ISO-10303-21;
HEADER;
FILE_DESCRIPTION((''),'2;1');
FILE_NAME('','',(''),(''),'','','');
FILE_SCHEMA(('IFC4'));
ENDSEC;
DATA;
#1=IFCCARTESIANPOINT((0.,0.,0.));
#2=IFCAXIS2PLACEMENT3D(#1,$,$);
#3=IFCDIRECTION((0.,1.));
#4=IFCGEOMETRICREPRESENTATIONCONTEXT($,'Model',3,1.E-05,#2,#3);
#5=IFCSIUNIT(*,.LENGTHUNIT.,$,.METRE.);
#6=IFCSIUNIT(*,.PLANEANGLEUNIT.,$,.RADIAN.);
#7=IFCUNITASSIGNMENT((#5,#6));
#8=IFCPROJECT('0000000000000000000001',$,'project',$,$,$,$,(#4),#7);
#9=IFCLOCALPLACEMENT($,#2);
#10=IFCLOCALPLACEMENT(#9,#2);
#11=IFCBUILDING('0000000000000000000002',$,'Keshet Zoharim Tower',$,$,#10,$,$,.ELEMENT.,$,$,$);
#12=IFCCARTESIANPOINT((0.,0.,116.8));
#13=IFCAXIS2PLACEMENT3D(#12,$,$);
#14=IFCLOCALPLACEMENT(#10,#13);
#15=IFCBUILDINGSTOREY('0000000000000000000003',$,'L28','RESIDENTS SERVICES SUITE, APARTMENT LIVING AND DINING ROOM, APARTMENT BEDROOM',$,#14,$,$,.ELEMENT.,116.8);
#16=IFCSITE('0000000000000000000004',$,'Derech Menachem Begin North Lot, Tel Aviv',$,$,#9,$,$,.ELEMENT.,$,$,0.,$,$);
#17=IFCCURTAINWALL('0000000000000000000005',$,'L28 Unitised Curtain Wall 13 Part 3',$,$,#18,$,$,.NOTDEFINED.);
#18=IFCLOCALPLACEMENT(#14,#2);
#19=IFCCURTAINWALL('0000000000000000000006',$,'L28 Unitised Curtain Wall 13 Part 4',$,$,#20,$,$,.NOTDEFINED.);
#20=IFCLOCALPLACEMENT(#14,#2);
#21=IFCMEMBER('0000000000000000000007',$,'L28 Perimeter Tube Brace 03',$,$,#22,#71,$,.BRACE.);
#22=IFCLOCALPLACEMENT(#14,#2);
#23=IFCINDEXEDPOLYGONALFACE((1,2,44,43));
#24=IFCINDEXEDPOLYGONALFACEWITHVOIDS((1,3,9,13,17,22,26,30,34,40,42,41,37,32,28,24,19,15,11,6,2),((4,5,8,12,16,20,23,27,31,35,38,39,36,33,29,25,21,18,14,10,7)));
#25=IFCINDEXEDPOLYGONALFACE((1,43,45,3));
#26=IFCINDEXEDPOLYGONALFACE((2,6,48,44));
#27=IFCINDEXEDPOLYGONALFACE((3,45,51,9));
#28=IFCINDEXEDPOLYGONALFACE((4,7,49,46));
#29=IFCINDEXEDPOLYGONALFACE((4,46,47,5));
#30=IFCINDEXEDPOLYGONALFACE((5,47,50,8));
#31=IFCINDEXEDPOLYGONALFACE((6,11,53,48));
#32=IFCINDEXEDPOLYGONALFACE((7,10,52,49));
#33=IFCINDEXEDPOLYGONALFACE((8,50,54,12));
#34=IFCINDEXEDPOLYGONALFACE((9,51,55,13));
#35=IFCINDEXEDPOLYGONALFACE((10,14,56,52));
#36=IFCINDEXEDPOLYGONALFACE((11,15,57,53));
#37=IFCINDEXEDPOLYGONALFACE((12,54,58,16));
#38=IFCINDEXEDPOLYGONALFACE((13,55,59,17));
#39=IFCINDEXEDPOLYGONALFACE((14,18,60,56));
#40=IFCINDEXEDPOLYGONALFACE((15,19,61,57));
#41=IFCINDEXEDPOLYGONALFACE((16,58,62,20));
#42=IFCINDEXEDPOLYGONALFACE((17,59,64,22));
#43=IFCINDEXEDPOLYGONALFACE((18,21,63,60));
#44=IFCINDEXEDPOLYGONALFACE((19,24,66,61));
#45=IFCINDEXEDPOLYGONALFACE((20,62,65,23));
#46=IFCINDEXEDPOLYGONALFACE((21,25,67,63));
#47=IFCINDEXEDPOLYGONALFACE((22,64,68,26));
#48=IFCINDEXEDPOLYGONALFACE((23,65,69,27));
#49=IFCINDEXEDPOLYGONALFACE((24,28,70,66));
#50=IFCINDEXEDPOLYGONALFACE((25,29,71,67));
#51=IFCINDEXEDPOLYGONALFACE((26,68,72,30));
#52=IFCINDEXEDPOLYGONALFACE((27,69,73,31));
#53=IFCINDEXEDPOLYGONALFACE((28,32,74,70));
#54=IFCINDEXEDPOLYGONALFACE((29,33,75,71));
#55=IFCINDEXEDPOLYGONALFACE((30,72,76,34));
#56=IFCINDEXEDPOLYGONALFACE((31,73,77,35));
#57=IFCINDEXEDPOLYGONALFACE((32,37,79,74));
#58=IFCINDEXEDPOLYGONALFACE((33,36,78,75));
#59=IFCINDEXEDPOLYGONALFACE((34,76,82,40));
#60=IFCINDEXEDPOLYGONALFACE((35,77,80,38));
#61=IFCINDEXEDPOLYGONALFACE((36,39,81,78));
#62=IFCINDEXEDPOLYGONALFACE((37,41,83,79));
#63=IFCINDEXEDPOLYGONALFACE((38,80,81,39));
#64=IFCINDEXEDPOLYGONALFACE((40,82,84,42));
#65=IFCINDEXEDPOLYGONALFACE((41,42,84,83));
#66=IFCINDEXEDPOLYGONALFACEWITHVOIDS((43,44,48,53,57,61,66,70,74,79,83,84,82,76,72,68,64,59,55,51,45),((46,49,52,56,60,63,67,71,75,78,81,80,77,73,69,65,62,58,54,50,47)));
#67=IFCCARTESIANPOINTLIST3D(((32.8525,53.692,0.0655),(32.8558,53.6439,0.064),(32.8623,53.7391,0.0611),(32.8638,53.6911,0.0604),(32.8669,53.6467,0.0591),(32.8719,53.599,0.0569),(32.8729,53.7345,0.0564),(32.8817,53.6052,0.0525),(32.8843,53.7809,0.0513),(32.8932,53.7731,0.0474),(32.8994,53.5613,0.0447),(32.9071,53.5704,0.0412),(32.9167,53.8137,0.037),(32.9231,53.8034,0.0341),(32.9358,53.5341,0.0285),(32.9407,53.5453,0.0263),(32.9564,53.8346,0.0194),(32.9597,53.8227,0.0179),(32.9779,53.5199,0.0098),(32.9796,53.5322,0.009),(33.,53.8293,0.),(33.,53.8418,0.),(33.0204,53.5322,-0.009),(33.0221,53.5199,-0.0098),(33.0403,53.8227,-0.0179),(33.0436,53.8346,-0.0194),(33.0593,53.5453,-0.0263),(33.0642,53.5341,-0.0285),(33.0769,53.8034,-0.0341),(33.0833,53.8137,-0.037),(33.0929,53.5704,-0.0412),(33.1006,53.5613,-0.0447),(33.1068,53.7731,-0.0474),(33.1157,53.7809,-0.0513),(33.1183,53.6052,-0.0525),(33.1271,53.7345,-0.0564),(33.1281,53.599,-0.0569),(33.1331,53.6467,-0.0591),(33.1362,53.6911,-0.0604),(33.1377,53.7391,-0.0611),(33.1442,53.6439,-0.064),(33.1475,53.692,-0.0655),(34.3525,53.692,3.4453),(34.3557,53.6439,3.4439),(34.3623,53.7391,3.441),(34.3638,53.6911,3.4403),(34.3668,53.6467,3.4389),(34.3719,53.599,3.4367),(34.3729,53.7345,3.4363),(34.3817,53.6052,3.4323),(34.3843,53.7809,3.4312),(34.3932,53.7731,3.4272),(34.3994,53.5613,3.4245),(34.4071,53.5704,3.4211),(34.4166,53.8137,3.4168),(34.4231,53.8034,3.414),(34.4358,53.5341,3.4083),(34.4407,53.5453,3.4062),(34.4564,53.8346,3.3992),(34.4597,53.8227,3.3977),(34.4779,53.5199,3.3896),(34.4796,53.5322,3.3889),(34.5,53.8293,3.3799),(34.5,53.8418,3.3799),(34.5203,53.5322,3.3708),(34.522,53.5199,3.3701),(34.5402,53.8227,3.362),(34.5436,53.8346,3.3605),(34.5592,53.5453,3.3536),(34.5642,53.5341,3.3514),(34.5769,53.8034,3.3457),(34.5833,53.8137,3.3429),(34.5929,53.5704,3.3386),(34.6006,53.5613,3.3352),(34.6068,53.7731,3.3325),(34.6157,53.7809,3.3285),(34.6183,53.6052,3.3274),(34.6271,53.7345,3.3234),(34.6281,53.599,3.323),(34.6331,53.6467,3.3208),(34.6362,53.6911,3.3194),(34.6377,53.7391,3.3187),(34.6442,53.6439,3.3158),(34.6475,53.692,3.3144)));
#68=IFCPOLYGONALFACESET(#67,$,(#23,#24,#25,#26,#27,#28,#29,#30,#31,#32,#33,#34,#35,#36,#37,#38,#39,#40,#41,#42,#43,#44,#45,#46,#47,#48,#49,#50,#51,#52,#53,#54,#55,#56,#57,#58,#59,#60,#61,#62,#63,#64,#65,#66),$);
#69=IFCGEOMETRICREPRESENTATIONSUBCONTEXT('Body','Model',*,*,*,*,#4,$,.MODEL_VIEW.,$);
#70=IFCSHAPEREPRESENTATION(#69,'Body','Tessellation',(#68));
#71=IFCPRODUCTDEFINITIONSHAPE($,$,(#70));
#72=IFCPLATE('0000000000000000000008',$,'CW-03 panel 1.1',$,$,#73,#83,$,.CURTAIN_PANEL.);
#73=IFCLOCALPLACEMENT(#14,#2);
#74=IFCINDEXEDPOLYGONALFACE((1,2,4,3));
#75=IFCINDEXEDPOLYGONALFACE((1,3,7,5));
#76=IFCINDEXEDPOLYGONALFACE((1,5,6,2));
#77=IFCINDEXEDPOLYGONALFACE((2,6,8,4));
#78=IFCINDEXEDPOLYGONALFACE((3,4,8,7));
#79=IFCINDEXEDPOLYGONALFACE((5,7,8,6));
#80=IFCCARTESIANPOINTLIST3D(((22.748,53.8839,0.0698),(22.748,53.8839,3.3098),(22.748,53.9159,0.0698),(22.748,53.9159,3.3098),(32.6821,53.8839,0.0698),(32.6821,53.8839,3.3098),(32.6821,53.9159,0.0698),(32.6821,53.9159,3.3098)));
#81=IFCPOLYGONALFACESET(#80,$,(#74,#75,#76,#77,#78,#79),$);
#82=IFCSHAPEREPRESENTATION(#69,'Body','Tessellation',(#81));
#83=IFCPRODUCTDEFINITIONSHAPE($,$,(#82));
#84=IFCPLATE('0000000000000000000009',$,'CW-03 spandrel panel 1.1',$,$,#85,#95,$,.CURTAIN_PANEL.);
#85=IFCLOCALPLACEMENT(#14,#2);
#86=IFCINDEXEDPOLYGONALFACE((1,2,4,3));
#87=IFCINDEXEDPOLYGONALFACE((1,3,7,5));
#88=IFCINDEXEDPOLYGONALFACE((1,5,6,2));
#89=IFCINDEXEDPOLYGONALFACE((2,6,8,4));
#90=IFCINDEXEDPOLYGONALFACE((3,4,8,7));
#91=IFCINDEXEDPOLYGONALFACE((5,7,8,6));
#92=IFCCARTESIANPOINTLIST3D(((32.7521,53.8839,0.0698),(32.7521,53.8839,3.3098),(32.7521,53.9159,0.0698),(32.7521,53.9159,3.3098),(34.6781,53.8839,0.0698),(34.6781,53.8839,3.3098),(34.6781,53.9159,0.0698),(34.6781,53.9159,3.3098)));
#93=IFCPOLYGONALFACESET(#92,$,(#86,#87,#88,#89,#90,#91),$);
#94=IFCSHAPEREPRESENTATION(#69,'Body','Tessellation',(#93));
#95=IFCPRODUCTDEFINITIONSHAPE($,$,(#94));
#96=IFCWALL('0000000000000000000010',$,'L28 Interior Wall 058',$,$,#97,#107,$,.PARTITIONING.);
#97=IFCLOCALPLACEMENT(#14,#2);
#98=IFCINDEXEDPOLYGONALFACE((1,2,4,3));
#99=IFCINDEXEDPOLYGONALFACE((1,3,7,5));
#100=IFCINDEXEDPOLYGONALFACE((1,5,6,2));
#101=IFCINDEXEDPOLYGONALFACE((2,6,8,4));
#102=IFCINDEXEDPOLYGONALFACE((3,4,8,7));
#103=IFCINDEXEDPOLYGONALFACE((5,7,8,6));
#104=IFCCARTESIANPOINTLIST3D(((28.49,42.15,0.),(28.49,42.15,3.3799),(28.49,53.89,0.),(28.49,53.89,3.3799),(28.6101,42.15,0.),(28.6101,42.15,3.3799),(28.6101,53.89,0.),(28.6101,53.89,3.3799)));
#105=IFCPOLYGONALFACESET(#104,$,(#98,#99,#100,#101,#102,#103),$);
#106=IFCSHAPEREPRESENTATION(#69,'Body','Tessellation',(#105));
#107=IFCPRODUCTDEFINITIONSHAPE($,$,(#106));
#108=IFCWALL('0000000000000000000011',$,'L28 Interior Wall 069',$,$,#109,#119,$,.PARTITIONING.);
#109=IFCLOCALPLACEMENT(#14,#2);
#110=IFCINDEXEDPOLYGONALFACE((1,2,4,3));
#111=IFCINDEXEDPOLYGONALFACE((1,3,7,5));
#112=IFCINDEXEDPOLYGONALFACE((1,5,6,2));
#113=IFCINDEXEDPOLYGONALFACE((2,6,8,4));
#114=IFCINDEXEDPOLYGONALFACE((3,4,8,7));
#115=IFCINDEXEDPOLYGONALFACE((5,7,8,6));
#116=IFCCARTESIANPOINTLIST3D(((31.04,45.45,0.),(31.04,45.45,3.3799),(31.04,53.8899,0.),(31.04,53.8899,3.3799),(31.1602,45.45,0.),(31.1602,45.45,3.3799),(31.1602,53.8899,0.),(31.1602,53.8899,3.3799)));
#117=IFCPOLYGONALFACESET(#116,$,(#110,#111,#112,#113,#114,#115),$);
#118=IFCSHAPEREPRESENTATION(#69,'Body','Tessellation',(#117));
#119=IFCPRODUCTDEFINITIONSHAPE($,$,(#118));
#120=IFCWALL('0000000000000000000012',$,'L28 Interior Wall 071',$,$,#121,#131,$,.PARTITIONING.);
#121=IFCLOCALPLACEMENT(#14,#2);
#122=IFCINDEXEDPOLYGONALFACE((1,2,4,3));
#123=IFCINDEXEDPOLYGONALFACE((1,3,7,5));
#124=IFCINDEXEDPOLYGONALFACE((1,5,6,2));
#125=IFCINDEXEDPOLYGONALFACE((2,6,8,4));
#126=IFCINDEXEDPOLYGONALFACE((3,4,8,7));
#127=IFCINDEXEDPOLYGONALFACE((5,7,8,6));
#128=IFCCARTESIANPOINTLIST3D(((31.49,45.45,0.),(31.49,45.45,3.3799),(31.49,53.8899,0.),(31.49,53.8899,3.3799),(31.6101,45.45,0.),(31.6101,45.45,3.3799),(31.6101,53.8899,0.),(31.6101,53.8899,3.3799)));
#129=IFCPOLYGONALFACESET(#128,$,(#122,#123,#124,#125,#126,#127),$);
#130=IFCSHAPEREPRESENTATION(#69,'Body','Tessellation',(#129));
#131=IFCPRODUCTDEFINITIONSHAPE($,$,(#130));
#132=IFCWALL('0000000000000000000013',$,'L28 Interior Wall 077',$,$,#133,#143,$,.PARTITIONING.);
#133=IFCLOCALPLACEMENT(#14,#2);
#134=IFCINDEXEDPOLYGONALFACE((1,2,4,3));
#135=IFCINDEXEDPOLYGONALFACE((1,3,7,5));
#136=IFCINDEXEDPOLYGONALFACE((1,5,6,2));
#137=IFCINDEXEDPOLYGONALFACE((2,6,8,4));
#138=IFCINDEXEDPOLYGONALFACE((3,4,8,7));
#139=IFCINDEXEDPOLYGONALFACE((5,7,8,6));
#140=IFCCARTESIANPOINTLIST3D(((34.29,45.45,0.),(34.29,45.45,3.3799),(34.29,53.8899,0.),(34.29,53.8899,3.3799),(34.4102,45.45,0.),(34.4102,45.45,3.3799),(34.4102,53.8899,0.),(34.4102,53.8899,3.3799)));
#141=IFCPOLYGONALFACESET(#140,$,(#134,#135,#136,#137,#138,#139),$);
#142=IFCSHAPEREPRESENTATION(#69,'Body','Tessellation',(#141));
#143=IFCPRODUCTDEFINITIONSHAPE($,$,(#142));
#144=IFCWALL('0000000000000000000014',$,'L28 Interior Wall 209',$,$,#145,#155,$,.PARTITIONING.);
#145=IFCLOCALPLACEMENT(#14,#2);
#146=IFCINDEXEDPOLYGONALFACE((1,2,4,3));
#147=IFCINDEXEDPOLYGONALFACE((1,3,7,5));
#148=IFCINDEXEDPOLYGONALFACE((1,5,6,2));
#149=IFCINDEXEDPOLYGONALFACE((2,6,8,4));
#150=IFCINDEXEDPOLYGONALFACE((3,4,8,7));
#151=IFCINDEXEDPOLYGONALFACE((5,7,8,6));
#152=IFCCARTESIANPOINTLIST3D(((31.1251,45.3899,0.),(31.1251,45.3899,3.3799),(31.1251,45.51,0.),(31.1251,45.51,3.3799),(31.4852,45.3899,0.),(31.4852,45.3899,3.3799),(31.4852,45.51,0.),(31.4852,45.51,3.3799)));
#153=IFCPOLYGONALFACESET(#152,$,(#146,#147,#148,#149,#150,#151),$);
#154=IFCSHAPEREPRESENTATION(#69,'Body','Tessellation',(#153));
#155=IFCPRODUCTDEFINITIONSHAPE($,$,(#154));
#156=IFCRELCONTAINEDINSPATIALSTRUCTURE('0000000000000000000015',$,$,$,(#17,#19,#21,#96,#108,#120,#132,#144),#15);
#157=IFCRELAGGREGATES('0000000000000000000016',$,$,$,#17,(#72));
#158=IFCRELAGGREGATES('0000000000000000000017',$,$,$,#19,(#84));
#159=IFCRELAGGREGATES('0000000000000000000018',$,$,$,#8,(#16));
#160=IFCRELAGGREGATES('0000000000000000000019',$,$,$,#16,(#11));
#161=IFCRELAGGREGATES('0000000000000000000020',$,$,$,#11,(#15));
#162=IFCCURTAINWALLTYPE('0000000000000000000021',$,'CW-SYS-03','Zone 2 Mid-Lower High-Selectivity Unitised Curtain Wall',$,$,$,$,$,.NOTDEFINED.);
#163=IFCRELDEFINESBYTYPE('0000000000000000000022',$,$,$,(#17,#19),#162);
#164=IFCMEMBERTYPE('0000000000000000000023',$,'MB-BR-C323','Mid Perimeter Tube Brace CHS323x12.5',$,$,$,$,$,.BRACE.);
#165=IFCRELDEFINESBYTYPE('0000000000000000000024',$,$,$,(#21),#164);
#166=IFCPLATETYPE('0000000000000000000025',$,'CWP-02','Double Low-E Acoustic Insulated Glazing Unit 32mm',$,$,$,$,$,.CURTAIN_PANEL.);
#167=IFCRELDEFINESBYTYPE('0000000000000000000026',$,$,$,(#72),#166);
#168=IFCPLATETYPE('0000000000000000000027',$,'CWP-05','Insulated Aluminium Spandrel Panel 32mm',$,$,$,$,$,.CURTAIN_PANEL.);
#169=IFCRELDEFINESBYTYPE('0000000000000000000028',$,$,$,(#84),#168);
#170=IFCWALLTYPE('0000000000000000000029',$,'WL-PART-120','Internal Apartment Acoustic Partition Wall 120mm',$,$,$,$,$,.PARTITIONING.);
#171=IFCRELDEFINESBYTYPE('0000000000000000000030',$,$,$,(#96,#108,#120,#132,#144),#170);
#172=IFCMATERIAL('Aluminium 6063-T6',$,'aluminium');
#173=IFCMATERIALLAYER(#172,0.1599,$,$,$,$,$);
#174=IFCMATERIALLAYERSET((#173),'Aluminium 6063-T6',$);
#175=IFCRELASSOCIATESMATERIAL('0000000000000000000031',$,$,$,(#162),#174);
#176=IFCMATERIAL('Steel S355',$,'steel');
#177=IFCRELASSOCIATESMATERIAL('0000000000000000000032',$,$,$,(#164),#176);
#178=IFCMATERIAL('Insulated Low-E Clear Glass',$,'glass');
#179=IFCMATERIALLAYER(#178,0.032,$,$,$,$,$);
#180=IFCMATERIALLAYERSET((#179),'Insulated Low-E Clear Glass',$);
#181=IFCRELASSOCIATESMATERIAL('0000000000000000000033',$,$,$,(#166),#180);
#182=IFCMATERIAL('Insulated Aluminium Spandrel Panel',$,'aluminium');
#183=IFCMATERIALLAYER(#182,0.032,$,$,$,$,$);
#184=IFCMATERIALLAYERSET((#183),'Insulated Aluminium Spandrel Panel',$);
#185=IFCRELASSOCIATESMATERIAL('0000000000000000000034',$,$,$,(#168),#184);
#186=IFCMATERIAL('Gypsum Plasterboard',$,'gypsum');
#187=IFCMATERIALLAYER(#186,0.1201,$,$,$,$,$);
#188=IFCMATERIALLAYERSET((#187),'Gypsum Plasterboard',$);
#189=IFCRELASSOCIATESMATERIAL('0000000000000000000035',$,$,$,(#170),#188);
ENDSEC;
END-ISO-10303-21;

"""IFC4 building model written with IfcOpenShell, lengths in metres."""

from ifc_helpers import new_model, si_unit, direction, frame, frame_2d, origin, origin_2d, place, context, subcontext, project, spatial, rectangle, hollow_circle, extrude, material, layer, layer_set, material_profile, profile_set, type_object, element, aggregate, save


model = new_model("IFC4")

# Units and contexts
model_context = context("Model", 3, precision=1e-05, world=origin(), true_north=direction((0.0, 1.0)))
body_context = subcontext(model_context, "Body", "Model", "MODEL_VIEW")
ifc_project = project(units=[si_unit("LENGTHUNIT", "METRE"), si_unit("PLANEANGLEUNIT", "RADIAN")], contexts=[model_context])

# Site, building, storey
site_placement = place(None, origin())
site = spatial("IfcSite", under=ifc_project, at=site_placement, Name="Derech Menachem Begin North Lot, Tel Aviv", CompositionType="ELEMENT", RefElevation=0.0)
building_placement = place(site_placement, origin())
building = spatial("IfcBuilding", under=site, at=building_placement, Name="Keshet Zoharim Tower", CompositionType="ELEMENT")
storey_placement = place(building_placement, frame((0.0, 0.0, 116.8)))
storey = spatial("IfcBuildingStorey", under=building, at=storey_placement, Name="L28", Description="RESIDENTS SERVICES SUITE, APARTMENT LIVING AND DINING ROOM, APARTMENT BEDROOM", CompositionType="ELEMENT", Elevation=116.8)

# Shared definitions
ifc_material_1 = material(Name="Steel S355", Category="steel")

# Curtain wall
ifc_material_2 = material(Name="Aluminium 6063-T6", Category="aluminium")
ifc_layer_1 = layer(ifc_material_2, 0.1599)
ifc_layer_set_1 = layer_set([ifc_layer_1], Name="Aluminium 6063-T6")
curtain_wall_type = type_object("IfcCurtainWallType", Name="CW-SYS-03", Description="Zone 2 Mid-Lower High-Selectivity Unitised Curtain Wall", PredefinedType="NOTDEFINED", material=ifc_layer_set_1)
curtain_wall_1_placement = place(storey_placement, origin())
curtain_wall_1 = element("IfcCurtainWall", 1, at=curtain_wall_1_placement, inside=storey, type_object=curtain_wall_type, Name="L28 Unitised Curtain Wall 13 Part 3", PredefinedType="NOTDEFINED")

# Curtain wall
curtain_wall_2_placement = place(storey_placement, origin())
curtain_wall_2 = element("IfcCurtainWall", 2, at=curtain_wall_2_placement, inside=storey, type_object=curtain_wall_type, Name="L28 Unitised Curtain Wall 13 Part 4", PredefinedType="NOTDEFINED")

# Member
ifc_material_profile_1 = material_profile(ifc_material_1, hollow_circle(Radius=0.1619, WallThickness=0.0125, at=origin_2d()), Name="CHS323x12.5")
ifc_profile_set_1 = profile_set([ifc_material_profile_1], Name="Steel S355")
member_type_1 = type_object("IfcMemberType", Name="MB-BR-C323", Description="Mid Perimeter Tube Brace CHS323x12.5", PredefinedType="BRACE", material=ifc_profile_set_1)
member_1_placement = place(storey_placement, frame((33.0, 53.6799, 0.0), z_axis=(0.405648, 0.0, 0.914029), x_axis=(0.0, 1.0, 0.0)))
element("IfcMember", 3, at=member_1_placement, inside=storey, type_object=member_type_1, Name="L28 Perimeter Tube Brace 03", PredefinedType="BRACE", context=body_context, shape_type="SweptSolid", body=[
    extrude(hollow_circle(Radius=0.1619, WallThickness=0.0125, at=origin_2d()), origin(), (0.0, 0.0, 1.0), 3.6978),
])

# Plates
ifc_material_3 = material(Name="Insulated Low-E Clear Glass", Category="glass")
ifc_layer_2 = layer(ifc_material_3, 0.032)
ifc_layer_set_2 = layer_set([ifc_layer_2], Name="Insulated Low-E Clear Glass")
plate_type_1 = type_object("IfcPlateType", Name="CWP-02", Description="Double Low-E Acoustic Insulated Glazing Unit 32mm", PredefinedType="CURTAIN_PANEL", material=ifc_layer_set_2)
plate_1_placement = place(storey_placement, frame((27.7151, 53.8999, 0.0698), z_axis=(0.0, 0.0, 1.0), x_axis=(1.0, 0.0, 0.0)))
plate_1 = element("IfcPlate", 4, at=plate_1_placement, type_object=plate_type_1, Name="CW-03 panel 1.1", PredefinedType="CURTAIN_PANEL", context=body_context, shape_type="SweptSolid", body=[
    extrude(rectangle(XDim=9.9341, YDim=0.032, at=origin_2d()), origin(), (0.0, 0.0, 1.0), 3.24),
])
aggregate(curtain_wall_1, [plate_1])
ifc_material_4 = material(Name="Insulated Aluminium Spandrel Panel", Category="aluminium")
ifc_layer_3 = layer(ifc_material_4, 0.032)
ifc_layer_set_3 = layer_set([ifc_layer_3], Name="Insulated Aluminium Spandrel Panel")
plate_type_2 = type_object("IfcPlateType", Name="CWP-05", Description="Insulated Aluminium Spandrel Panel 32mm", PredefinedType="CURTAIN_PANEL", material=ifc_layer_set_3)
plate_2_placement = place(storey_placement, frame((33.7151, 53.8999, 0.0698), z_axis=(0.0, 0.0, 1.0), x_axis=(1.0, 0.0, 0.0)))
plate_2 = element("IfcPlate", 5, at=plate_2_placement, type_object=plate_type_2, Name="CW-03 spandrel panel 1.1", PredefinedType="CURTAIN_PANEL", context=body_context, shape_type="SweptSolid", body=[
    extrude(rectangle(XDim=1.926, YDim=0.032, at=origin_2d()), origin(), (0.0, 0.0, 1.0), 3.24),
])
aggregate(curtain_wall_2, [plate_2])

# Walls
ifc_material_5 = material(Name="Gypsum Plasterboard", Category="gypsum")
ifc_layer_4 = layer(ifc_material_5, 0.1201)
ifc_layer_set_4 = layer_set([ifc_layer_4], Name="Gypsum Plasterboard")
wall_type_1 = type_object("IfcWallType", Name="WL-PART-120", Description="Internal Apartment Acoustic Partition Wall 120mm", PredefinedType="PARTITIONING", material=ifc_layer_set_4)
wall_1_placement = place(storey_placement, frame((28.55, 42.1499, 0.0), z_axis=(0.0, 0.0, 1.0), x_axis=(0.0, 1.0, 0.0)))
element("IfcWall", 6, at=wall_1_placement, inside=storey, type_object=wall_type_1, Name="L28 Interior Wall 058", PredefinedType="PARTITIONING", context=body_context, shape_type="SweptSolid", body=[
    extrude(rectangle(XDim=11.74, YDim=0.1201, at=frame_2d((5.8701, 0.0))), origin(), (0.0, 0.0, 1.0), 3.3799),
])
for number, where, z_axis, x_axis, name in (
    (7, (31.1001, 45.45, 0.0), (0.0, 0.0, 1.0), (0.0, 1.0, 0.0), "L28 Interior Wall 069"),
    (8, (31.55, 45.45, 0.0), (0.0, 0.0, 1.0), (0.0, 1.0, 0.0), "L28 Interior Wall 071"),
    (9, (34.3501, 45.45, 0.0), (0.0, 0.0, 1.0), (0.0, 1.0, 0.0), "L28 Interior Wall 077"),
):
    element("IfcWall", number, at=place(storey_placement, frame(where, z_axis=z_axis, x_axis=x_axis)), inside=storey, type_object=wall_type_1, Name=name, PredefinedType="PARTITIONING", context=body_context, shape_type="SweptSolid", body=[
        extrude(rectangle(XDim=8.4399, YDim=0.1201, at=frame_2d((4.22, 0.0))), origin(), (0.0, 0.0, 1.0), 3.3799),
    ])
wall_2_placement = place(storey_placement, frame((31.125, 45.45, 0.0), z_axis=(0.0, 0.0, 1.0), x_axis=(1.0, 0.0, 0.0)))
element("IfcWall", 10, at=wall_2_placement, inside=storey, type_object=wall_type_1, Name="L28 Interior Wall 209", PredefinedType="PARTITIONING", context=body_context, shape_type="SweptSolid", body=[
    extrude(rectangle(XDim=0.3601, YDim=0.1201, at=frame_2d((0.1802, 0.0))), origin(), (0.0, 0.0, 1.0), 3.3799),
])

save(model, "model.ifc")
